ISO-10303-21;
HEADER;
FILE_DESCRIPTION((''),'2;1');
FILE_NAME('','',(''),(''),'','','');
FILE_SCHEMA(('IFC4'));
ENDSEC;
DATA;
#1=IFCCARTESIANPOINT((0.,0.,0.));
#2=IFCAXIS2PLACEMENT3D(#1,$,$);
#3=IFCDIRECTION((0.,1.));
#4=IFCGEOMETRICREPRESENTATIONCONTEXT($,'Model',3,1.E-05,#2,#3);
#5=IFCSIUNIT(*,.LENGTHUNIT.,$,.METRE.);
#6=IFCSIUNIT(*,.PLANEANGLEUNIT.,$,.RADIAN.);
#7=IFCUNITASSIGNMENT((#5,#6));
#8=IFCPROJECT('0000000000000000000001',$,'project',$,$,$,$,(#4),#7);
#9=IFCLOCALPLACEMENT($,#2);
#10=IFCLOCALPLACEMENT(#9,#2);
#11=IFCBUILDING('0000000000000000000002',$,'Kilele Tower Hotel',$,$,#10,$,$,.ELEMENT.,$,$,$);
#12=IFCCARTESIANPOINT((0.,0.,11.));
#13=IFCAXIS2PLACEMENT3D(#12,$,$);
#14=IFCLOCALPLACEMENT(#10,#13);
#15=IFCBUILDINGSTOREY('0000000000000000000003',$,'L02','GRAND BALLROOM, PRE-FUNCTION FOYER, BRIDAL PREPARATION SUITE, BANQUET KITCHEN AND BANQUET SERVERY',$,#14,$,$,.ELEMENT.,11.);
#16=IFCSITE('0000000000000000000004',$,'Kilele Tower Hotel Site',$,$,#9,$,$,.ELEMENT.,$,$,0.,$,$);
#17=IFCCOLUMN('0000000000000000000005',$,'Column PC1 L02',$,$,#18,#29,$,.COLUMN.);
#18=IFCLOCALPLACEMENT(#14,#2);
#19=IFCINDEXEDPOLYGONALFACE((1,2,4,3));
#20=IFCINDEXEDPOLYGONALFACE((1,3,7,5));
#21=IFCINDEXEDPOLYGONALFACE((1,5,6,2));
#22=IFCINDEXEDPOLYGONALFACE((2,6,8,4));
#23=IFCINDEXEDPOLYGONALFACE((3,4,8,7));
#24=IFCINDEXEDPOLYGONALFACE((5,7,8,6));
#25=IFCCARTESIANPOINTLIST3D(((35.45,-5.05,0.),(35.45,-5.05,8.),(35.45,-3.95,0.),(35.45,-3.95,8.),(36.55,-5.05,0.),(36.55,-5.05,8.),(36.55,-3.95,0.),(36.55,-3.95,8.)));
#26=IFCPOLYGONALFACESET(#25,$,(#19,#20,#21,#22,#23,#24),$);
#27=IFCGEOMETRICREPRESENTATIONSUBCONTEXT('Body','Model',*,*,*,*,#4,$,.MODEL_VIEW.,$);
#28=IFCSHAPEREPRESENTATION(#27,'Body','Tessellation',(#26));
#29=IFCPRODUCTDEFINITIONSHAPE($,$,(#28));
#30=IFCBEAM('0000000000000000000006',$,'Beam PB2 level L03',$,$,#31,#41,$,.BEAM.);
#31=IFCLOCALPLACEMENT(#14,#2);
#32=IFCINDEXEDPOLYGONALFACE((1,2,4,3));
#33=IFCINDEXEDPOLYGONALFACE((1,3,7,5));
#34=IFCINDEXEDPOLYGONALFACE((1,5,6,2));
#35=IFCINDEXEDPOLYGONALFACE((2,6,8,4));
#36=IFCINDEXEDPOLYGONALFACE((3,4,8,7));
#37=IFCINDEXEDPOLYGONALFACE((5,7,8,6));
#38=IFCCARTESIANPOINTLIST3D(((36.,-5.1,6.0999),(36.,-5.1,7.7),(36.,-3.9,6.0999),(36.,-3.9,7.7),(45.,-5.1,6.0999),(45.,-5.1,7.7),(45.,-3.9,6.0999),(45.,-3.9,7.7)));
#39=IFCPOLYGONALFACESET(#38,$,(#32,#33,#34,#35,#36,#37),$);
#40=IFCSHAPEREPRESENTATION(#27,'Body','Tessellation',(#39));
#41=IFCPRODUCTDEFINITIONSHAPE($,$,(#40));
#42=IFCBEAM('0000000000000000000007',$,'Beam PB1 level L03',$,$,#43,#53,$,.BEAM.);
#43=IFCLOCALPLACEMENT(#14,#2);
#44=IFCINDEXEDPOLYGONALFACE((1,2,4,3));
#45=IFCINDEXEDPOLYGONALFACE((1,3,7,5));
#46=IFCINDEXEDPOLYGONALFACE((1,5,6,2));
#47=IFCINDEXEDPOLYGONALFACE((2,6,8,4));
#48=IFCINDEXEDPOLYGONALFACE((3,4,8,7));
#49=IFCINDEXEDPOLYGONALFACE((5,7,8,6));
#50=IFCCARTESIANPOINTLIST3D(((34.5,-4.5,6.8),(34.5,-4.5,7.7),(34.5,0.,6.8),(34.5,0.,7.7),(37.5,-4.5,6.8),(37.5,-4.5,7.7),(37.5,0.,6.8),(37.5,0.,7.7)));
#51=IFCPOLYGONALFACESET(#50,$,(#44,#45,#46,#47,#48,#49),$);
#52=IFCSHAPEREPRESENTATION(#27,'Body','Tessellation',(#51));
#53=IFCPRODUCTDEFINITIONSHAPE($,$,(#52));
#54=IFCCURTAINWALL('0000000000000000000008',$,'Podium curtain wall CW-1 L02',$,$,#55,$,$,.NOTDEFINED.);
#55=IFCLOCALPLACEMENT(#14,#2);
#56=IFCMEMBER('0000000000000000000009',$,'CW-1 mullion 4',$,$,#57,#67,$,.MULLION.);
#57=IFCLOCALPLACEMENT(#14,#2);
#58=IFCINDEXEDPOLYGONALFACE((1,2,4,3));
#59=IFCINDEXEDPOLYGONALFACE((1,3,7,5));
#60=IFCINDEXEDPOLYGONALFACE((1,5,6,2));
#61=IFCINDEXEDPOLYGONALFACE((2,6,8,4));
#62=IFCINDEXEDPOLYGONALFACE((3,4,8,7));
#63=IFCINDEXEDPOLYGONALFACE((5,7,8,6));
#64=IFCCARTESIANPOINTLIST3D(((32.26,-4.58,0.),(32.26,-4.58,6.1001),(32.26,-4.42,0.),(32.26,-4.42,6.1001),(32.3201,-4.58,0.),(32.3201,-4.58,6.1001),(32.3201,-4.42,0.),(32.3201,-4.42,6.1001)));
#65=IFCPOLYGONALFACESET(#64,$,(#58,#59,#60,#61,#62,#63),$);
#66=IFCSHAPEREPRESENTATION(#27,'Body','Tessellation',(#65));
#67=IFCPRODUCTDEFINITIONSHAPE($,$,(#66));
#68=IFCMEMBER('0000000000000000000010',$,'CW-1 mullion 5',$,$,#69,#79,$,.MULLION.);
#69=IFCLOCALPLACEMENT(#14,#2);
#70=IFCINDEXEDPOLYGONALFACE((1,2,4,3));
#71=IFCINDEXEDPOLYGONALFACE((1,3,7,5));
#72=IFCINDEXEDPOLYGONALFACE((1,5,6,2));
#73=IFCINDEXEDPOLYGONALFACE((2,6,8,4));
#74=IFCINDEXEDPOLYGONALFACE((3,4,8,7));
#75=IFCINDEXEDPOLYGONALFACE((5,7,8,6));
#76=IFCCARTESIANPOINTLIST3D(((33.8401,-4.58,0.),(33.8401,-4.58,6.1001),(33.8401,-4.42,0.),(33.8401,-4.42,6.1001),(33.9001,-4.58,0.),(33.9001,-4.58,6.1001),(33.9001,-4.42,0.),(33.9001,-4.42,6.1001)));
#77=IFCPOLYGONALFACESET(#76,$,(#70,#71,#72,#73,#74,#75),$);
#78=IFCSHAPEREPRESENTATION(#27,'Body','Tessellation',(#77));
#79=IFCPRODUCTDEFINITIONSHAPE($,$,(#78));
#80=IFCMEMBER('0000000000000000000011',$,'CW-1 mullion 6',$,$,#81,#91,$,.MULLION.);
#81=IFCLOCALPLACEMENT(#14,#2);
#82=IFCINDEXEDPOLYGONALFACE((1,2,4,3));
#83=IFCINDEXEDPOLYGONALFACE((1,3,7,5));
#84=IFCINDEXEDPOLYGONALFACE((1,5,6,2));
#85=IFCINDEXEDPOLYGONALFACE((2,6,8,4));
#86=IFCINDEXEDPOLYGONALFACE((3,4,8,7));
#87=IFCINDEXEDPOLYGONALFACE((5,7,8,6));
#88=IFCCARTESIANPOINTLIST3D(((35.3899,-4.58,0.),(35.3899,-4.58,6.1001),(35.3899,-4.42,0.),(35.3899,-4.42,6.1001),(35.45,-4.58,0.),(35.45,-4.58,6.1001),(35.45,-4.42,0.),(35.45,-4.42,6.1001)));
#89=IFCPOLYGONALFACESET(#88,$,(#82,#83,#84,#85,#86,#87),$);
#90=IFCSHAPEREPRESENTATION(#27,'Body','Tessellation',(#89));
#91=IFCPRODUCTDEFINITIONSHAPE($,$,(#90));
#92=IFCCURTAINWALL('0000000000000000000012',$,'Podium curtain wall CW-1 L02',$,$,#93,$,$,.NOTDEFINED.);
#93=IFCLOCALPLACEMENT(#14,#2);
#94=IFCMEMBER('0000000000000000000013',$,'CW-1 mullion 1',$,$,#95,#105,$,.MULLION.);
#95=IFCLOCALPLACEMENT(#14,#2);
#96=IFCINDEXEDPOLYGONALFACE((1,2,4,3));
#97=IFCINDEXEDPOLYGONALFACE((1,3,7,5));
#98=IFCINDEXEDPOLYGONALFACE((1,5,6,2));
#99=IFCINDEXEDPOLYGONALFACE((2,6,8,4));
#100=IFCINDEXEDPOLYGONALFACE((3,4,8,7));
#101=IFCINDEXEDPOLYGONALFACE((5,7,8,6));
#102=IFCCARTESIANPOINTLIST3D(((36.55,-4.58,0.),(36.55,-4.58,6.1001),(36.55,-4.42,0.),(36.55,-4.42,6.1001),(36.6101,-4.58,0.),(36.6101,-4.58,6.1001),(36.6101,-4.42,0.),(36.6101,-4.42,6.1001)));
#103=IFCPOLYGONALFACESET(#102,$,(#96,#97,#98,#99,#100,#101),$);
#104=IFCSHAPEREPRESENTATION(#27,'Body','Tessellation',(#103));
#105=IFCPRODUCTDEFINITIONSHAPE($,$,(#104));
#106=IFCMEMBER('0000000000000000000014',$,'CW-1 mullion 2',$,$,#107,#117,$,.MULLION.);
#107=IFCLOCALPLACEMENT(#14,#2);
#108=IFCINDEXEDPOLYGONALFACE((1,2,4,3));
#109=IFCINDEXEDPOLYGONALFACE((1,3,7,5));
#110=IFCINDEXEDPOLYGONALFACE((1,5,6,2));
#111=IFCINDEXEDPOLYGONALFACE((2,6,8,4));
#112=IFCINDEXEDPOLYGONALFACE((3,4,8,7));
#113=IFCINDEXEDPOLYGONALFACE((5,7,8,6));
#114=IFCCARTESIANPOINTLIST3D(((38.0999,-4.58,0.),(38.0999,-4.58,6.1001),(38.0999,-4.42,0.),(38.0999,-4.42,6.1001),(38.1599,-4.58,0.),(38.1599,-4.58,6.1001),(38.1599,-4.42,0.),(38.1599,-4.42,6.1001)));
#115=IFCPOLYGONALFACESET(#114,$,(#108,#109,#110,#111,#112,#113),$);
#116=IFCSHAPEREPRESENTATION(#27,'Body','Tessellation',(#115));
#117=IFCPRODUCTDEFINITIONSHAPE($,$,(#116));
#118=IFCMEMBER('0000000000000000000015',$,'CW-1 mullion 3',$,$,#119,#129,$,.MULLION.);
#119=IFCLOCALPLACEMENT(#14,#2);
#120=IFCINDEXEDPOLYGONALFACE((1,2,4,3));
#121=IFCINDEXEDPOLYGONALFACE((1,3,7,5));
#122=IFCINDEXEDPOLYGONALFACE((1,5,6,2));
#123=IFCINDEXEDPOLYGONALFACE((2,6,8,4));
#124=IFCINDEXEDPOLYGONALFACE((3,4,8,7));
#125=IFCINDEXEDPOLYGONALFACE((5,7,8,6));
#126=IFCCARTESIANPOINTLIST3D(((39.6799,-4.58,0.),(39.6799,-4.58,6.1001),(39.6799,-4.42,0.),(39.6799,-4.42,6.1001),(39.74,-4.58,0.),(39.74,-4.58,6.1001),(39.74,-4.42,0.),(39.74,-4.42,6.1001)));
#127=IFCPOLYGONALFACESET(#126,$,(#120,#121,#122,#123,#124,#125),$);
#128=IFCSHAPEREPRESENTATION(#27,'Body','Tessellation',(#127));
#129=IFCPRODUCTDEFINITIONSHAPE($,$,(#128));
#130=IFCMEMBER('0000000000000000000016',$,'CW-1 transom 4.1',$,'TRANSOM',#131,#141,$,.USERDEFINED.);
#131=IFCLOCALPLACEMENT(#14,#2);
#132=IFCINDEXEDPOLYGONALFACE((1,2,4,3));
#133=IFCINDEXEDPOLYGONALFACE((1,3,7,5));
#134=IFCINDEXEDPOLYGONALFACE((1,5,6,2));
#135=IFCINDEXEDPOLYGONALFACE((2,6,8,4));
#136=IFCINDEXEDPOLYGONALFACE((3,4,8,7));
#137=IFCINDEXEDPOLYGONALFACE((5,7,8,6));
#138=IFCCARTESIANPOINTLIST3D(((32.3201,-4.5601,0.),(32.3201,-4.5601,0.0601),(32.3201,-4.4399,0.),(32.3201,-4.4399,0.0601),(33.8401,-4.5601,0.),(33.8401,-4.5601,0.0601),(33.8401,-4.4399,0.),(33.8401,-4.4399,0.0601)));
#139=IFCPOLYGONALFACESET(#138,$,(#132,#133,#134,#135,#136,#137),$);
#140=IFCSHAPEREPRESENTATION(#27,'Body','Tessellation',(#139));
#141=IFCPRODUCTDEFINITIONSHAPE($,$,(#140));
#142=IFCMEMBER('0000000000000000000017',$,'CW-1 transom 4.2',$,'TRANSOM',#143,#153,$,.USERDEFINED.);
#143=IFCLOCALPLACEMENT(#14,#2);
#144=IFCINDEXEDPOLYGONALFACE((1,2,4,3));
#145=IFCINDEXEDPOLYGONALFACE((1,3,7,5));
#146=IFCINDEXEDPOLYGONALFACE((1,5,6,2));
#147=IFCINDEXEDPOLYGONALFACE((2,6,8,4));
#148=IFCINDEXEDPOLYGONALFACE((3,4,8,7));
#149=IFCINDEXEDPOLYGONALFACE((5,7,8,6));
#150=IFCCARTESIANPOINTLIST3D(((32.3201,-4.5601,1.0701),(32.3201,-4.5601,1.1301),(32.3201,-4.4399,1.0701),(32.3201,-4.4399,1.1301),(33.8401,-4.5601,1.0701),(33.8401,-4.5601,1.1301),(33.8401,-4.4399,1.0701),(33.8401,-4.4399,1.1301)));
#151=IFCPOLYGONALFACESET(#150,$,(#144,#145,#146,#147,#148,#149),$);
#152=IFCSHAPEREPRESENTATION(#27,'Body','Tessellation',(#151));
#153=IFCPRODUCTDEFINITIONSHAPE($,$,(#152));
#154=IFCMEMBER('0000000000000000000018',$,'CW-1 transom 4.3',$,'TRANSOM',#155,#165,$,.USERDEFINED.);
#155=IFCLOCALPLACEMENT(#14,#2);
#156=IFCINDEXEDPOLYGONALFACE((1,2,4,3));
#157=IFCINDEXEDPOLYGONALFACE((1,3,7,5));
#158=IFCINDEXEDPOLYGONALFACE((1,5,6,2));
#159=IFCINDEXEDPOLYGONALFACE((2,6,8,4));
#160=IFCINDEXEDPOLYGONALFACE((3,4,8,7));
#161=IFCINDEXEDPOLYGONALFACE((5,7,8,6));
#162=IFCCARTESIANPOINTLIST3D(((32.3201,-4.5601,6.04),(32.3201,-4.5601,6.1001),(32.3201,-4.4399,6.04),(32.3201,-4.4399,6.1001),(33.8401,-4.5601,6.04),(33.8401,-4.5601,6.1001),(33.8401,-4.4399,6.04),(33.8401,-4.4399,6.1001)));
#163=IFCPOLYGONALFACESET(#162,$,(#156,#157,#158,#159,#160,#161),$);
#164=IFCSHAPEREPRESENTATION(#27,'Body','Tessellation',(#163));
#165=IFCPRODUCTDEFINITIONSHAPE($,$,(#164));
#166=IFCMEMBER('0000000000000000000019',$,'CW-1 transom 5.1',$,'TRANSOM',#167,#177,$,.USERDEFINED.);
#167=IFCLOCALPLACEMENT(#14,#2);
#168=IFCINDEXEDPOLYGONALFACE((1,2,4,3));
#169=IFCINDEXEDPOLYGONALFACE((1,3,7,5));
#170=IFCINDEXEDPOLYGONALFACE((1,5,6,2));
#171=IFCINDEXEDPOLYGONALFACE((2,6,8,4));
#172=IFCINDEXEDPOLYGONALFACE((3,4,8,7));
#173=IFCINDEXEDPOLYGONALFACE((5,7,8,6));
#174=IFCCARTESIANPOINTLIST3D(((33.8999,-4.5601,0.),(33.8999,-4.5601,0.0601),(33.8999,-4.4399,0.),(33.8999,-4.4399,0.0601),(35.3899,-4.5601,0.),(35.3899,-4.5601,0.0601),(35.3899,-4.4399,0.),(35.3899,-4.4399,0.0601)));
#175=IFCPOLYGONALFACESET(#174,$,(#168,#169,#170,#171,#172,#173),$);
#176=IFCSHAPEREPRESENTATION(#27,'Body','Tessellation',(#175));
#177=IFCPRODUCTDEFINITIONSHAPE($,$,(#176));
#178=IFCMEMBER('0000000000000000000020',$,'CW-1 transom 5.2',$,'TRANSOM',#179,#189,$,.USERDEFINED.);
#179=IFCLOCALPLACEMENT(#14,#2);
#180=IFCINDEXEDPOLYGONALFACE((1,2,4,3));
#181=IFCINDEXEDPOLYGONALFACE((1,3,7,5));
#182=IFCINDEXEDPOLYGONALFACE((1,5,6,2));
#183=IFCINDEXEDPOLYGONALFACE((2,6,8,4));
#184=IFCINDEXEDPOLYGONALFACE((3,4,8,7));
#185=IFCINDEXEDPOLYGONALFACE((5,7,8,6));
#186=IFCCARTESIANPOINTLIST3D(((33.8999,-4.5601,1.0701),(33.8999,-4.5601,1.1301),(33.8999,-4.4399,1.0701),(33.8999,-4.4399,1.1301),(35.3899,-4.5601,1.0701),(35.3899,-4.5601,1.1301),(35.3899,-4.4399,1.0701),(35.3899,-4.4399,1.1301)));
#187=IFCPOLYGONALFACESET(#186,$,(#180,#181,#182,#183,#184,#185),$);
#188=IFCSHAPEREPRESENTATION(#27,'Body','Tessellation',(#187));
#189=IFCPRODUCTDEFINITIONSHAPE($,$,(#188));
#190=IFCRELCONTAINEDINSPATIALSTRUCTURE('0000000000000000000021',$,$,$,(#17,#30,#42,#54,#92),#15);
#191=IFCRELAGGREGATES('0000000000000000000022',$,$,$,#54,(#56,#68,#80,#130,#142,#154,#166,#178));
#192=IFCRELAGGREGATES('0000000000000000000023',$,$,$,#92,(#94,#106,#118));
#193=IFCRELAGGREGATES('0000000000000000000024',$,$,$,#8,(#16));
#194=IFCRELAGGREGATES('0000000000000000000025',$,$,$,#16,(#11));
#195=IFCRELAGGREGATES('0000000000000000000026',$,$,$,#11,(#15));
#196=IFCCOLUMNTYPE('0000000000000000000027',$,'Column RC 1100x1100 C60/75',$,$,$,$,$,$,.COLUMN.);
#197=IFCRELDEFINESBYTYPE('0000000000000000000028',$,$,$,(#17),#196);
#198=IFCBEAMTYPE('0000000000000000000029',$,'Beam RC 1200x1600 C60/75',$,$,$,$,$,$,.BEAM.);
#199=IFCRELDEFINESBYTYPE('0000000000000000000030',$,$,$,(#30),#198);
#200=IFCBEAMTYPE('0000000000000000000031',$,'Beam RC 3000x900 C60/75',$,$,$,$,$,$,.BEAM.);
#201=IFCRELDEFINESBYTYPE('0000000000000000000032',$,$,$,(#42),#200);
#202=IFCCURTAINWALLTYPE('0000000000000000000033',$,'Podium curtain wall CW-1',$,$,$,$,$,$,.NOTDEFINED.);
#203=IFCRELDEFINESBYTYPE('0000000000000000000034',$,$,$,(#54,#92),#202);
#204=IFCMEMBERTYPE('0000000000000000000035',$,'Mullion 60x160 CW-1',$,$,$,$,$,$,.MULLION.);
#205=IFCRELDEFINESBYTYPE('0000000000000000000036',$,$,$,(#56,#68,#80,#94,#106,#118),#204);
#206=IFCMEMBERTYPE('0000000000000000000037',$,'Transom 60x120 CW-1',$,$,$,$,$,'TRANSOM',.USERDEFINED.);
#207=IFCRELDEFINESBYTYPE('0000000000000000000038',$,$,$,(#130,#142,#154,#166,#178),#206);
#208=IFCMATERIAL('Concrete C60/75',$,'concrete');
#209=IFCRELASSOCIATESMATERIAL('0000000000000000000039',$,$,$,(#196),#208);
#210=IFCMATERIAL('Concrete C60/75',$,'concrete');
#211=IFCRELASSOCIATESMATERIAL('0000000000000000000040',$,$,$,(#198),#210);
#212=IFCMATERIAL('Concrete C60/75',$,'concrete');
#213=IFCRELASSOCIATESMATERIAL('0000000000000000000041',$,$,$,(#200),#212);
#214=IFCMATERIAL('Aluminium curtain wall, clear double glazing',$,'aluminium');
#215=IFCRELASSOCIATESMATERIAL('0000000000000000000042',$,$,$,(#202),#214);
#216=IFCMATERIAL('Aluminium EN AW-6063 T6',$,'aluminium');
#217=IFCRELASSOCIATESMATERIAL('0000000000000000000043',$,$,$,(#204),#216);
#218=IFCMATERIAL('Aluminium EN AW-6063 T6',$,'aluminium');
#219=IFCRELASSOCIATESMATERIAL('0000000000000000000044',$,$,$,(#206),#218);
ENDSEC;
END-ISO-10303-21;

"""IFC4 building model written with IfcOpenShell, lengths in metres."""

from ifc_helpers import new_model, si_unit, direction, frame, origin, origin_2d, place, context, subcontext, project, spatial, rectangle, extrude, material, material_profile, profile_set, type_object, element, aggregate, save


model = new_model("IFC4")

# Units and contexts
model_context = context("Model", 3, precision=1e-05, world=origin(), true_north=direction((0.0, 1.0)))
body_context = subcontext(model_context, "Body", "Model", "MODEL_VIEW")
ifc_project = project(units=[si_unit("LENGTHUNIT", "METRE"), si_unit("PLANEANGLEUNIT", "RADIAN")], contexts=[model_context])

# Site, building, storey
site_placement = place(None, origin())
site = spatial("IfcSite", under=ifc_project, at=site_placement, Name="Kilele Tower Hotel Site", CompositionType="ELEMENT", RefElevation=0.0)
building_placement = place(site_placement, origin())
building = spatial("IfcBuilding", under=site, at=building_placement, Name="Kilele Tower Hotel", CompositionType="ELEMENT")
storey_placement = place(building_placement, frame((0.0, 0.0, 11.0)))
storey = spatial("IfcBuildingStorey", under=building, at=storey_placement, Name="L02", Description="GRAND BALLROOM, PRE-FUNCTION FOYER, BRIDAL PREPARATION SUITE, BANQUET KITCHEN AND BANQUET SERVERY", CompositionType="ELEMENT", Elevation=11.0)

# Column
ifc_material_1 = material(Name="Concrete C60/75", Category="concrete")
ifc_material_profile_1 = material_profile(ifc_material_1, rectangle(XDim=1.1001, YDim=1.1001, at=origin_2d()))
ifc_profile_set_1 = profile_set([ifc_material_profile_1], Name="Concrete C60/75")
column_type = type_object("IfcColumnType", Name="Column RC 1100x1100 C60/75", PredefinedType="COLUMN", material=ifc_profile_set_1)
column_placement = place(storey_placement, frame((36.0, -4.5, 0.0), z_axis=(0.0, 0.0, 1.0), x_axis=(1.0, 0.0, 0.0)))
element("IfcColumn", 1, at=column_placement, inside=storey, type_object=column_type, Name="Column PC1 L02", PredefinedType="COLUMN", context=body_context, shape_type="SweptSolid", body=[
    extrude(rectangle(XDim=1.1001, YDim=1.1001, at=origin_2d()), origin(), (0.0, 0.0, 1.0), 8.0),
])

# Beams
ifc_material_2 = material(Name="Concrete C60/75", Category="concrete")
ifc_material_profile_2 = material_profile(ifc_material_2, rectangle(XDim=1.2, YDim=1.6001, at=origin_2d()))
ifc_profile_set_2 = profile_set([ifc_material_profile_2], Name="Concrete C60/75")
beam_type_1 = type_object("IfcBeamType", Name="Beam RC 1200x1600 C60/75", PredefinedType="BEAM", material=ifc_profile_set_2)
beam_1_placement = place(storey_placement, frame((36.0, -4.5, 6.8999), z_axis=(1.0, 0.0, 0.0), x_axis=(0.0, 1.0, 0.0)))
element("IfcBeam", 2, at=beam_1_placement, inside=storey, type_object=beam_type_1, Name="Beam PB2 level L03", PredefinedType="BEAM", context=body_context, shape_type="SweptSolid", body=[
    extrude(rectangle(XDim=1.2, YDim=1.6001, at=origin_2d()), origin(), (0.0, 0.0, 1.0), 9.0),
])
ifc_material_3 = material(Name="Concrete C60/75", Category="concrete")
ifc_material_profile_3 = material_profile(ifc_material_3, rectangle(XDim=3.0, YDim=0.8999, at=origin_2d()))
ifc_profile_set_3 = profile_set([ifc_material_profile_3], Name="Concrete C60/75")
beam_type_2 = type_object("IfcBeamType", Name="Beam RC 3000x900 C60/75", PredefinedType="BEAM", material=ifc_profile_set_3)
beam_2_placement = place(storey_placement, frame((36.0, -4.5, 7.25), z_axis=(0.0, 1.0, 0.0), x_axis=(-1.0, 0.0, 0.0)))
element("IfcBeam", 3, at=beam_2_placement, inside=storey, type_object=beam_type_2, Name="Beam PB1 level L03", PredefinedType="BEAM", context=body_context, shape_type="SweptSolid", body=[
    extrude(rectangle(XDim=3.0, YDim=0.8999, at=origin_2d()), origin(), (0.0, 0.0, 1.0), 4.5),
])

# Curtain walls, members
ifc_material_4 = material(Name="Aluminium curtain wall, clear double glazing", Category="aluminium")
curtain_wall_type = type_object("IfcCurtainWallType", Name="Podium curtain wall CW-1", PredefinedType="NOTDEFINED", material=ifc_material_4)
curtain_wall_1_placement = place(storey_placement, origin())
curtain_wall_1 = element("IfcCurtainWall", 4, at=curtain_wall_1_placement, inside=storey, type_object=curtain_wall_type, Name="Podium curtain wall CW-1 L02", PredefinedType="NOTDEFINED")
ifc_material_5 = material(Name="Aluminium EN AW-6063 T6", Category="aluminium")
ifc_material_profile_4 = material_profile(ifc_material_5, rectangle(XDim=0.1599, YDim=0.0601, at=origin_2d()))
ifc_profile_set_4 = profile_set([ifc_material_profile_4], Name="Aluminium EN AW-6063 T6")
member_type_1 = type_object("IfcMemberType", Name="Mullion 60x160 CW-1", PredefinedType="MULLION", material=ifc_profile_set_4)
member_1_placement = place(storey_placement, frame((32.29, -4.5, 0.0), z_axis=(0.0, 0.0, 1.0), x_axis=(0.0, 1.0, 0.0)))
member_1 = element("IfcMember", 5, at=member_1_placement, type_object=member_type_1, Name="CW-1 mullion 4", PredefinedType="MULLION", context=body_context, shape_type="SweptSolid", body=[
    extrude(rectangle(XDim=0.1599, YDim=0.0601, at=origin_2d()), origin(), (0.0, 0.0, 1.0), 6.1001),
])
member_2_placement = place(storey_placement, frame((33.8701, -4.5, 0.0), z_axis=(0.0, 0.0, 1.0), x_axis=(0.0, 1.0, 0.0)))
member_2 = element("IfcMember", 6, at=member_2_placement, type_object=member_type_1, Name="CW-1 mullion 5", PredefinedType="MULLION", context=body_context, shape_type="SweptSolid", body=[
    extrude(rectangle(XDim=0.1599, YDim=0.0601, at=origin_2d()), origin(), (0.0, 0.0, 1.0), 6.1001),
])
member_3_placement = place(storey_placement, frame((35.4199, -4.5, 0.0), z_axis=(0.0, 0.0, 1.0), x_axis=(0.0, 1.0, 0.0)))
member_3 = element("IfcMember", 7, at=member_3_placement, type_object=member_type_1, Name="CW-1 mullion 6", PredefinedType="MULLION", context=body_context, shape_type="SweptSolid", body=[
    extrude(rectangle(XDim=0.1599, YDim=0.0601, at=origin_2d()), origin(), (0.0, 0.0, 1.0), 6.1001),
])
curtain_wall_2_placement = place(storey_placement, origin())
curtain_wall_2 = element("IfcCurtainWall", 8, at=curtain_wall_2_placement, inside=storey, type_object=curtain_wall_type, Name="Podium curtain wall CW-1 L02", PredefinedType="NOTDEFINED")
member_4_placement = place(storey_placement, frame((36.5801, -4.5, 0.0), z_axis=(0.0, 0.0, 1.0), x_axis=(0.0, 1.0, 0.0)))
member_4 = element("IfcMember", 9, at=member_4_placement, type_object=member_type_1, Name="CW-1 mullion 1", PredefinedType="MULLION", context=body_context, shape_type="SweptSolid", body=[
    extrude(rectangle(XDim=0.1599, YDim=0.0601, at=origin_2d()), origin(), (0.0, 0.0, 1.0), 6.1001),
])
member_5_placement = place(storey_placement, frame((38.1299, -4.5, 0.0), z_axis=(0.0, 0.0, 1.0), x_axis=(0.0, 1.0, 0.0)))
member_5 = element("IfcMember", 10, at=member_5_placement, type_object=member_type_1, Name="CW-1 mullion 2", PredefinedType="MULLION", context=body_context, shape_type="SweptSolid", body=[
    extrude(rectangle(XDim=0.1599, YDim=0.0601, at=origin_2d()), origin(), (0.0, 0.0, 1.0), 6.1001),
])
member_6_placement = place(storey_placement, frame((39.71, -4.5, 0.0), z_axis=(0.0, 0.0, 1.0), x_axis=(0.0, 1.0, 0.0)))
member_6 = element("IfcMember", 11, at=member_6_placement, type_object=member_type_1, Name="CW-1 mullion 3", PredefinedType="MULLION", context=body_context, shape_type="SweptSolid", body=[
    extrude(rectangle(XDim=0.1599, YDim=0.0601, at=origin_2d()), origin(), (0.0, 0.0, 1.0), 6.1001),
])

# Members
ifc_material_6 = material(Name="Aluminium EN AW-6063 T6", Category="aluminium")
ifc_material_profile_5 = material_profile(ifc_material_6, rectangle(XDim=0.1201, YDim=0.0601, at=origin_2d()))
ifc_profile_set_5 = profile_set([ifc_material_profile_5], Name="Aluminium EN AW-6063 T6")
member_type_2 = type_object("IfcMemberType", Name="Transom 60x120 CW-1", ElementType="TRANSOM", PredefinedType="USERDEFINED", material=ifc_profile_set_5)
member_7_placement = place(storey_placement, frame((32.3201, -4.5, 0.03), z_axis=(1.0, 0.0, 0.0), x_axis=(0.0, 1.0, 0.0)))
member_7 = element("IfcMember", 12, at=member_7_placement, type_object=member_type_2, Name="CW-1 transom 4.1", ObjectType="TRANSOM", PredefinedType="USERDEFINED", context=body_context, shape_type="SweptSolid", body=[
    extrude(rectangle(XDim=0.1201, YDim=0.0601, at=origin_2d()), origin(), (0.0, 0.0, 1.0), 1.52),
])
member_8_placement = place(storey_placement, frame((32.3201, -4.5, 1.1001), z_axis=(1.0, 0.0, 0.0), x_axis=(0.0, 1.0, 0.0)))
member_8 = element("IfcMember", 13, at=member_8_placement, type_object=member_type_2, Name="CW-1 transom 4.2", ObjectType="TRANSOM", PredefinedType="USERDEFINED", context=body_context, shape_type="SweptSolid", body=[
    extrude(rectangle(XDim=0.1201, YDim=0.0601, at=origin_2d()), origin(), (0.0, 0.0, 1.0), 1.52),
])
member_9_placement = place(storey_placement, frame((32.3201, -4.5, 6.0701), z_axis=(1.0, 0.0, 0.0), x_axis=(0.0, 1.0, 0.0)))
member_9 = element("IfcMember", 14, at=member_9_placement, type_object=member_type_2, Name="CW-1 transom 4.3", ObjectType="TRANSOM", PredefinedType="USERDEFINED", context=body_context, shape_type="SweptSolid", body=[
    extrude(rectangle(XDim=0.1201, YDim=0.0601, at=origin_2d()), origin(), (0.0, 0.0, 1.0), 1.52),
])
member_10_placement = place(storey_placement, frame((33.8999, -4.5, 0.03), z_axis=(1.0, 0.0, 0.0), x_axis=(0.0, 1.0, 0.0)))
member_10 = element("IfcMember", 15, at=member_10_placement, type_object=member_type_2, Name="CW-1 transom 5.1", ObjectType="TRANSOM", PredefinedType="USERDEFINED", context=body_context, shape_type="SweptSolid", body=[
    extrude(rectangle(XDim=0.1201, YDim=0.0601, at=origin_2d()), origin(), (0.0, 0.0, 1.0), 1.49),
])
member_11_placement = place(storey_placement, frame((33.8999, -4.5, 1.1001), z_axis=(1.0, 0.0, 0.0), x_axis=(0.0, 1.0, 0.0)))
member_11 = element("IfcMember", 16, at=member_11_placement, type_object=member_type_2, Name="CW-1 transom 5.2", ObjectType="TRANSOM", PredefinedType="USERDEFINED", context=body_context, shape_type="SweptSolid", body=[
    extrude(rectangle(XDim=0.1201, YDim=0.0601, at=origin_2d()), origin(), (0.0, 0.0, 1.0), 1.49),
])

aggregate(curtain_wall_1, [member_1, member_2, member_3, member_7, member_8, member_9, member_10, member_11])
aggregate(curtain_wall_2, [member_4, member_5, member_6])

save(model, "model.ifc")
